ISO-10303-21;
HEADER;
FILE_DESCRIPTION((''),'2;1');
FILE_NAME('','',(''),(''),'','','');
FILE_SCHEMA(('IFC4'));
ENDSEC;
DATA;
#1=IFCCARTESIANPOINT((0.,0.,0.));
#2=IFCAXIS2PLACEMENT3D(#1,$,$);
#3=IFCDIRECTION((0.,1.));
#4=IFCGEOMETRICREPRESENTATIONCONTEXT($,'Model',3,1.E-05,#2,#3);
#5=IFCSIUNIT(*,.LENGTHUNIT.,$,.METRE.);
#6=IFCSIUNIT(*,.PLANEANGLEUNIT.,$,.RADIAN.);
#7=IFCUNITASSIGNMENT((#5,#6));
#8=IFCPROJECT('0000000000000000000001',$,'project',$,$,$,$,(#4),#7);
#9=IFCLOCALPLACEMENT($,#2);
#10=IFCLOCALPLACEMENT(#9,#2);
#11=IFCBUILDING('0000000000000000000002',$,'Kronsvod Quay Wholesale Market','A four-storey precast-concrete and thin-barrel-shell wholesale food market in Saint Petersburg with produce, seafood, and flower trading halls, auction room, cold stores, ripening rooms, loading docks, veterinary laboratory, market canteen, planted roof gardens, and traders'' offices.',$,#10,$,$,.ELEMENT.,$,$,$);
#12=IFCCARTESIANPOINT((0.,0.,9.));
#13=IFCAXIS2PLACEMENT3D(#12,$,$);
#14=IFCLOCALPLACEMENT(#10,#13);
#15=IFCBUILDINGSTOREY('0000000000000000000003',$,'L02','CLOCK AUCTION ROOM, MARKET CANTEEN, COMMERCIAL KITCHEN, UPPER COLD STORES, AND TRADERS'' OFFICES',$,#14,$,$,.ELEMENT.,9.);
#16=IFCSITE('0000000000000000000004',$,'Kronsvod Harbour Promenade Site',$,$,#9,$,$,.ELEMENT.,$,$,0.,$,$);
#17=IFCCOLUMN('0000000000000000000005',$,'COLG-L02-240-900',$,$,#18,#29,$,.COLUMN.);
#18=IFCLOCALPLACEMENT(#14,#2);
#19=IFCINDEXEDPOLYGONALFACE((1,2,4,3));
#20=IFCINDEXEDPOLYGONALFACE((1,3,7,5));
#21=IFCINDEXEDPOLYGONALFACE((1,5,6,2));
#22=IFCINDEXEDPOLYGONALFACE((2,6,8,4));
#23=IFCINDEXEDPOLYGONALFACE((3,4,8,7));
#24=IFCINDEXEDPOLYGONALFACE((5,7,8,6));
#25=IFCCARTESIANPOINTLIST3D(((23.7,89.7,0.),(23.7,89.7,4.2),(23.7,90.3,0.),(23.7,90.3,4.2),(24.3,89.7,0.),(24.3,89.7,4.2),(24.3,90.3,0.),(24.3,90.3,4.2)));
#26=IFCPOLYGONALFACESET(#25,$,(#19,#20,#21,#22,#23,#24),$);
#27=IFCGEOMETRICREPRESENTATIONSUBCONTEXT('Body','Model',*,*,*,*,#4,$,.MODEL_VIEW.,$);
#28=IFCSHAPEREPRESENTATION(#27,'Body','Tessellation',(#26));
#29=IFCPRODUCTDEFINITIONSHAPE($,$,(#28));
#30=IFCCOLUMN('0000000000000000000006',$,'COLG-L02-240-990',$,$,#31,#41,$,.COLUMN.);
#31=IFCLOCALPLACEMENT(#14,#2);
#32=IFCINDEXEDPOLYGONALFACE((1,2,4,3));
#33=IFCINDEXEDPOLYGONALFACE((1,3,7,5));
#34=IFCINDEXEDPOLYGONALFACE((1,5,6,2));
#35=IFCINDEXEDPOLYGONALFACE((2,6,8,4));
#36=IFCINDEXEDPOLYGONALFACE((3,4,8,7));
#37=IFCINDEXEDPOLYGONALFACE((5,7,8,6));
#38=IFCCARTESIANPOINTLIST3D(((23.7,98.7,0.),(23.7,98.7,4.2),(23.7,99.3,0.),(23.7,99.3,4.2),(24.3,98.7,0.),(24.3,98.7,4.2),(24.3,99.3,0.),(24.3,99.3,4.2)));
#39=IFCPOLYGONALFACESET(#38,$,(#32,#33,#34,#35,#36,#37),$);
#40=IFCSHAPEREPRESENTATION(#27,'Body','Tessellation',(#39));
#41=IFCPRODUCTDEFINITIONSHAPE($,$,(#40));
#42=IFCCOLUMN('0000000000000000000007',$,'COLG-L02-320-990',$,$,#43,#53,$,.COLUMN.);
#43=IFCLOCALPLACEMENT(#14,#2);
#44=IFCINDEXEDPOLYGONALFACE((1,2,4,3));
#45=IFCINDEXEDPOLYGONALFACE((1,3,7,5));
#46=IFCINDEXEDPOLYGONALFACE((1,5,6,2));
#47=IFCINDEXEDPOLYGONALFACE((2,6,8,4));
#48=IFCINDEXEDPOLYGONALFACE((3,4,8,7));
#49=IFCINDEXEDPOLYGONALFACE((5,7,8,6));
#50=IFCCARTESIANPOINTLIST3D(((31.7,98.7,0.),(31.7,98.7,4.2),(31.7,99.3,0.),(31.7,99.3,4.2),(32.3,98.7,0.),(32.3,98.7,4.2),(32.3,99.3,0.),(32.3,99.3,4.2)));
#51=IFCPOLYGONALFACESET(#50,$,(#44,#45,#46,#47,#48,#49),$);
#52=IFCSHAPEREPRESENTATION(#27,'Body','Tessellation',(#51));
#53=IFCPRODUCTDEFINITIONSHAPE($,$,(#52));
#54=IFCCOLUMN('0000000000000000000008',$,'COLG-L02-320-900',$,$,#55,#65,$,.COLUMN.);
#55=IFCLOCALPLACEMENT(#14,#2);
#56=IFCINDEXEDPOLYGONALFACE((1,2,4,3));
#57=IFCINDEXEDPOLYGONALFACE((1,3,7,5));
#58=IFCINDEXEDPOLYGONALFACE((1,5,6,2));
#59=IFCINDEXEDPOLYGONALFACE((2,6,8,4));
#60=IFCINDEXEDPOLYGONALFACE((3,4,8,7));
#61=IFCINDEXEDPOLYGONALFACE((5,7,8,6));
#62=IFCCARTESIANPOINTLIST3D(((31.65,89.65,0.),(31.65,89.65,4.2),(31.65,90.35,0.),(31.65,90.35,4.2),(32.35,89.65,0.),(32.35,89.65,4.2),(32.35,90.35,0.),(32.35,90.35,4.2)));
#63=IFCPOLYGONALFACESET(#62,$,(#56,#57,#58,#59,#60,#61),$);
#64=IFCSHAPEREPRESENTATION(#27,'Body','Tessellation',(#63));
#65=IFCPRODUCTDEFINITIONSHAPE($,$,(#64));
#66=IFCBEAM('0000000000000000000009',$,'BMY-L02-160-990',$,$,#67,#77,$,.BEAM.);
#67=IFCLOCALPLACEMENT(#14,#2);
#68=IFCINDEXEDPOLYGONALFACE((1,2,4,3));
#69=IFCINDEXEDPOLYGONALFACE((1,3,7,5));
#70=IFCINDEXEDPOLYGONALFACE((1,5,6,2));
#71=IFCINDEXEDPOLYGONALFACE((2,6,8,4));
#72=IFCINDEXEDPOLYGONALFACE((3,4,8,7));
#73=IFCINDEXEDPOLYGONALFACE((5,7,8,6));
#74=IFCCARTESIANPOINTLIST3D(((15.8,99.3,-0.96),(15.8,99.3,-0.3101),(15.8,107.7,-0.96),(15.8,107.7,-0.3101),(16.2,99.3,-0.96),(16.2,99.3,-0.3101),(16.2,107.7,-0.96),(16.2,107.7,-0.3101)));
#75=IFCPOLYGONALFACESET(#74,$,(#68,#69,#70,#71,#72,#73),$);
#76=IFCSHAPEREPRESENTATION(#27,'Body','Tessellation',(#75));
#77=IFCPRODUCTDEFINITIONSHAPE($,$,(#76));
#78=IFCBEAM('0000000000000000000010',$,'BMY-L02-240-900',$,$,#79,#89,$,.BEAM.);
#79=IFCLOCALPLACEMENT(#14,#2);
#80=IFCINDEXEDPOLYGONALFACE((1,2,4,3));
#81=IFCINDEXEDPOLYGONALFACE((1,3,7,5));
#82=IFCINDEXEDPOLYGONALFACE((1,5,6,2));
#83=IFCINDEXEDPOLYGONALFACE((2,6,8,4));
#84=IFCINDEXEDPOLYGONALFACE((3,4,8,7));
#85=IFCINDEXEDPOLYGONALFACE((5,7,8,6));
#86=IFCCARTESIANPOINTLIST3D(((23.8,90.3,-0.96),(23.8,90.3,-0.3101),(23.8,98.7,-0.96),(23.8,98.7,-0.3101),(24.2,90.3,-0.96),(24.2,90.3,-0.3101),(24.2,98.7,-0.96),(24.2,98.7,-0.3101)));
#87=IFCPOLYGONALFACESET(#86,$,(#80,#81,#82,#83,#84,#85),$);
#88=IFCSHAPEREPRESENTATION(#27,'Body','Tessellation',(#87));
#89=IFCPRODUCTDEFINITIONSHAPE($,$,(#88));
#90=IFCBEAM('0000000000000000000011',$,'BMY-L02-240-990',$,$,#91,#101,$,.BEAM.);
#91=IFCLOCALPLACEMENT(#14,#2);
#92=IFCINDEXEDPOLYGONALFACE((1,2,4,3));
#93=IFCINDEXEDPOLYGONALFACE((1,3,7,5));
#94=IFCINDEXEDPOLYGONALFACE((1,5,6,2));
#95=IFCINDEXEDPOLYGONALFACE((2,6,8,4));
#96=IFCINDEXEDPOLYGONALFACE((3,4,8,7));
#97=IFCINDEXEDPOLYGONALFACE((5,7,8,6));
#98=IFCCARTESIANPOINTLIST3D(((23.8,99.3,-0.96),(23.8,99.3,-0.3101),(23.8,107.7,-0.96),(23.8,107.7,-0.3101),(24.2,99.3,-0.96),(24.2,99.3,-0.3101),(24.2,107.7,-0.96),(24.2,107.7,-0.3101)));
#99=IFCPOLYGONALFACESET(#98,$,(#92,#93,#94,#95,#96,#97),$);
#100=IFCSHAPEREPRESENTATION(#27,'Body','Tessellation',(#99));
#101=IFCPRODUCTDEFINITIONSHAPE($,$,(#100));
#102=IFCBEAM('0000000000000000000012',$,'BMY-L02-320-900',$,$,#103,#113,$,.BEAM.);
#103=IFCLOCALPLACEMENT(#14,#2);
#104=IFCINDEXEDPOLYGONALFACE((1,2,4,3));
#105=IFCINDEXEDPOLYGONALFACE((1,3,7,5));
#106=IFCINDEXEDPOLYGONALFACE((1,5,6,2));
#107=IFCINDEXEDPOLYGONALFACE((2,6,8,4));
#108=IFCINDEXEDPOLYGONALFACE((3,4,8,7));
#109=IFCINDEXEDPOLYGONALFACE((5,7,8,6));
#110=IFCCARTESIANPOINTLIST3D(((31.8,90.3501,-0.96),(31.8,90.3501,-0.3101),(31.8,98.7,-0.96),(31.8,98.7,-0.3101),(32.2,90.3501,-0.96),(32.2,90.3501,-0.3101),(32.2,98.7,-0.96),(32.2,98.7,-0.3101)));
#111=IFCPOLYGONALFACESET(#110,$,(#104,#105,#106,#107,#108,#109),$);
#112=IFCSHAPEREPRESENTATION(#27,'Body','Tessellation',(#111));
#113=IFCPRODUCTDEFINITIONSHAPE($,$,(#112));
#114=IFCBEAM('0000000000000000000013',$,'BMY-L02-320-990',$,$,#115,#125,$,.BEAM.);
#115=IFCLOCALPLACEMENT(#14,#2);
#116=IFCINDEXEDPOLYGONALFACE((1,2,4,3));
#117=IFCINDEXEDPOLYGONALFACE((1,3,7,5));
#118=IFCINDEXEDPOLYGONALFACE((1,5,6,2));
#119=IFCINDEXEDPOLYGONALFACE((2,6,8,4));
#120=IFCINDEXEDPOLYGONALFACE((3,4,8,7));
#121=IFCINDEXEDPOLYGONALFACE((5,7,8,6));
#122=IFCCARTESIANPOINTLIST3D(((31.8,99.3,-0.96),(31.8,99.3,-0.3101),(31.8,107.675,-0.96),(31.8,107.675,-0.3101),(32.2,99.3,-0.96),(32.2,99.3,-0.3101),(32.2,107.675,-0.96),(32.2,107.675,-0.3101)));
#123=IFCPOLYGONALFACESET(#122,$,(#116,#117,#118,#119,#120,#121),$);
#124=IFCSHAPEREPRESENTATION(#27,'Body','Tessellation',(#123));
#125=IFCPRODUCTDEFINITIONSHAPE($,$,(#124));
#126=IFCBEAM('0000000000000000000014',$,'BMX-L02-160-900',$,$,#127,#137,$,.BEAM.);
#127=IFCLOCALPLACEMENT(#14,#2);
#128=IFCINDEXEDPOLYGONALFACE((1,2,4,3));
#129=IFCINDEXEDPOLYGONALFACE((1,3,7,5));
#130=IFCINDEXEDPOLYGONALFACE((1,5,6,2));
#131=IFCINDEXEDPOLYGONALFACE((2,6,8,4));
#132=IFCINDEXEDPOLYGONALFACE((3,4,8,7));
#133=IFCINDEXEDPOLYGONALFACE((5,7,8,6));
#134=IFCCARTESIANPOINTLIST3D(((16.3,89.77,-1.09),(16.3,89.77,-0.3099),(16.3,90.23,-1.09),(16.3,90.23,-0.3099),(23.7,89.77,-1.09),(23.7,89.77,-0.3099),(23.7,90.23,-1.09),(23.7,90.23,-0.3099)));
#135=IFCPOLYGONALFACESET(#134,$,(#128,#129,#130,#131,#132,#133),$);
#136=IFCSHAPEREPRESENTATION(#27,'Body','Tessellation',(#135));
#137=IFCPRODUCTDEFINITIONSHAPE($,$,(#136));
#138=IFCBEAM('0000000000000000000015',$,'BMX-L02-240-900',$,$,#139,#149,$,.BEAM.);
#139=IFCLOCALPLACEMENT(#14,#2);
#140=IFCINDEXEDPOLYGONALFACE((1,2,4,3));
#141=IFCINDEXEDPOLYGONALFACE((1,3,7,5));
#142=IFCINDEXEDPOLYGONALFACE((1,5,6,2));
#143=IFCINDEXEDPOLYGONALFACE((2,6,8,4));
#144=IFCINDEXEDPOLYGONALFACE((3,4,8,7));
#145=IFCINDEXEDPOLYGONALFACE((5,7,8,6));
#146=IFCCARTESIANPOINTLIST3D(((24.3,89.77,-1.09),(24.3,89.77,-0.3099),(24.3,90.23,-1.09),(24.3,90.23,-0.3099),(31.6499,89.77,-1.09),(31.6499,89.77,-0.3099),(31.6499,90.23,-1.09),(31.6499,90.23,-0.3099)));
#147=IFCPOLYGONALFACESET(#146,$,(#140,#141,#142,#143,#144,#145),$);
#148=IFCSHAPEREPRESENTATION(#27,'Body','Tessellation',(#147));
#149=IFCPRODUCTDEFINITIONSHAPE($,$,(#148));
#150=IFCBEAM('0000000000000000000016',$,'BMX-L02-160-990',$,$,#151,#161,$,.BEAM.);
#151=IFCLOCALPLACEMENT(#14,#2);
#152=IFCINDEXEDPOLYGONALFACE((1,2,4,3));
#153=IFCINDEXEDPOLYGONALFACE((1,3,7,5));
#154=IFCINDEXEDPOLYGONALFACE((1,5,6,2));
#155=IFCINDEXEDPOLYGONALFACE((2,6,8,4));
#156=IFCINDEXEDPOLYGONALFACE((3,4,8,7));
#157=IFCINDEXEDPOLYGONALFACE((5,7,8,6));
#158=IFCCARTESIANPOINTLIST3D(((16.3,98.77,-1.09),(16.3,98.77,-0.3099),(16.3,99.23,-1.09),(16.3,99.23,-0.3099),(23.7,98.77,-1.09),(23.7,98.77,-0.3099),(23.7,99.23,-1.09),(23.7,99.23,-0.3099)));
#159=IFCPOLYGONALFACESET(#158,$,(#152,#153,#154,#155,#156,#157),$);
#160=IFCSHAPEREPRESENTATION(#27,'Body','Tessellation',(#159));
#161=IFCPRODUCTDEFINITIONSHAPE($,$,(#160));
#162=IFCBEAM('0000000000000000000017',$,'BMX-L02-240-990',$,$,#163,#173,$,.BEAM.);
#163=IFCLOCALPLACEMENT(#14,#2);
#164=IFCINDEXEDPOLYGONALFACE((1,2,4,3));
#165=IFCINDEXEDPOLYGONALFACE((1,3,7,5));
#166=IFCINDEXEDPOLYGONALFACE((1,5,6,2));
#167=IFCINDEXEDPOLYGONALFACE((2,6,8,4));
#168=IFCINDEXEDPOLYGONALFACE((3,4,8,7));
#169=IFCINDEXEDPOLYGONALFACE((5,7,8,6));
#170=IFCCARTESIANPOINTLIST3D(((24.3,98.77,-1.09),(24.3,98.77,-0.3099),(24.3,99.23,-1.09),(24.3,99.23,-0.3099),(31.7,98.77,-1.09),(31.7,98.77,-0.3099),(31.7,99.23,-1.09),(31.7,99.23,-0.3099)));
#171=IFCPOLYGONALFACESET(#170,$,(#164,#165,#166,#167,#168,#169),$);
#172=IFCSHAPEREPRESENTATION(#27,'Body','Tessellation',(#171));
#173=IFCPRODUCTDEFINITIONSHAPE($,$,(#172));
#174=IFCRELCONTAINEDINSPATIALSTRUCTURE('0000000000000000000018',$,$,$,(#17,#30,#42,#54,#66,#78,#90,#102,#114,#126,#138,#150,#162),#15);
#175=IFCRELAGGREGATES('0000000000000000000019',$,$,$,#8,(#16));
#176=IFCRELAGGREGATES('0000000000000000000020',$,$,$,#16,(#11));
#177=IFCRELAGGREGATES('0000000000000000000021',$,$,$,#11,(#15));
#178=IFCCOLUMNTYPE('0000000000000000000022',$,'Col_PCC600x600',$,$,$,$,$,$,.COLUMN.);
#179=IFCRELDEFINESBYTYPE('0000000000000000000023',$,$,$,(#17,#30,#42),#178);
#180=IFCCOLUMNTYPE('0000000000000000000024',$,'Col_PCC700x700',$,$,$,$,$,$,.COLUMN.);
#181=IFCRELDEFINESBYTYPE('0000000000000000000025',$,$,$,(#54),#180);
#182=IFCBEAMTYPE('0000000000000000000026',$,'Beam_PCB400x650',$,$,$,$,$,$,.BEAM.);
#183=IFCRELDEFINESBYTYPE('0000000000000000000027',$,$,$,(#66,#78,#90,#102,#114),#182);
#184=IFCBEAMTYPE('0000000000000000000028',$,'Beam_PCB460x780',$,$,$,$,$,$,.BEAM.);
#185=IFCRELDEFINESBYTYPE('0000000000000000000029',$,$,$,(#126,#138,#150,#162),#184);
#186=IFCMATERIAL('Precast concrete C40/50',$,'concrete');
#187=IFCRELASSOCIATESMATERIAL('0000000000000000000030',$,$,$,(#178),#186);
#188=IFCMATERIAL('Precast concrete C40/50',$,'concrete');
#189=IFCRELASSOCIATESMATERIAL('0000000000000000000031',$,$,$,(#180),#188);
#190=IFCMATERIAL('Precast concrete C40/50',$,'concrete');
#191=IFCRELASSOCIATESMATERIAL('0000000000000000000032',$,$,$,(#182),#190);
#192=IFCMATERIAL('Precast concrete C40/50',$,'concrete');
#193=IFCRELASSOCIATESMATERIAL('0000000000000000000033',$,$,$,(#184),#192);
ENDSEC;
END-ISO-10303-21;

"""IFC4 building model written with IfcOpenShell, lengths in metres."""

from ifc_helpers import new_model, si_unit, direction, frame, origin, origin_2d, place, context, subcontext, project, spatial, rectangle, extrude, material, material_profile, profile_set, type_object, element, save


model = new_model("IFC4")

# Units and contexts
model_context = context("Model", 3, precision=1e-05, world=origin(), true_north=direction((0.0, 1.0)))
body_context = subcontext(model_context, "Body", "Model", "MODEL_VIEW")
ifc_project = project(units=[si_unit("LENGTHUNIT", "METRE"), si_unit("PLANEANGLEUNIT", "RADIAN")], contexts=[model_context])

# Site, building, storey
site_placement = place(None, origin())
site = spatial("IfcSite", under=ifc_project, at=site_placement, Name="Kronsvod Harbour Promenade Site", CompositionType="ELEMENT", RefElevation=0.0)
building_placement = place(site_placement, origin())
building = spatial("IfcBuilding", under=site, at=building_placement, Name="Kronsvod Quay Wholesale Market", Description="A four-storey precast-concrete and thin-barrel-shell wholesale food market in Saint Petersburg with produce, seafood, and flower trading halls, auction room, cold stores, ripening rooms, loading docks, veterinary laboratory, market canteen, planted roof gardens, and traders' offices.", CompositionType="ELEMENT")
storey_placement = place(building_placement, frame((0.0, 0.0, 9.0)))
storey = spatial("IfcBuildingStorey", under=building, at=storey_placement, Name="L02", Description="CLOCK AUCTION ROOM, MARKET CANTEEN, COMMERCIAL KITCHEN, UPPER COLD STORES, AND TRADERS' OFFICES", CompositionType="ELEMENT", Elevation=9.0)

# Columns
ifc_material_1 = material(Name="Precast concrete C40/50", Category="concrete")
ifc_material_profile_1 = material_profile(ifc_material_1, rectangle(XDim=0.6001, YDim=0.6001, at=origin_2d()), Name="PCC600x600")
ifc_profile_set_1 = profile_set([ifc_material_profile_1], Name="Precast concrete C40/50")
column_type_1 = type_object("IfcColumnType", Name="Col_PCC600x600", PredefinedType="COLUMN", material=ifc_profile_set_1)
for number, where, z_axis, x_axis, name in (
    (1, (24.0, 90.0, 0.0), (0.0, 0.0, 1.0), (1.0, 0.0, 0.0), "COLG-L02-240-900"),
    (2, (24.0, 99.0, 0.0), (0.0, 0.0, 1.0), (1.0, 0.0, 0.0), "COLG-L02-240-990"),
    (3, (32.0, 99.0, 0.0), (0.0, 0.0, 1.0), (1.0, 0.0, 0.0), "COLG-L02-320-990"),
):
    element("IfcColumn", number, at=place(storey_placement, frame(where, z_axis=z_axis, x_axis=x_axis)), inside=storey, type_object=column_type_1, Name=name, PredefinedType="COLUMN", context=body_context, shape_type="SweptSolid", body=[
        extrude(rectangle(XDim=0.6001, YDim=0.6001, at=origin_2d()), origin(), (0.0, 0.0, 1.0), 4.2),
    ])
ifc_material_2 = material(Name="Precast concrete C40/50", Category="concrete")
ifc_material_profile_2 = material_profile(ifc_material_2, rectangle(XDim=0.7, YDim=0.7, at=origin_2d()), Name="PCC700x700")
ifc_profile_set_2 = profile_set([ifc_material_profile_2], Name="Precast concrete C40/50")
column_type_2 = type_object("IfcColumnType", Name="Col_PCC700x700", PredefinedType="COLUMN", material=ifc_profile_set_2)
column_placement = place(storey_placement, frame((32.0, 90.0, 0.0), z_axis=(0.0, 0.0, 1.0), x_axis=(1.0, 0.0, 0.0)))
element("IfcColumn", 4, at=column_placement, inside=storey, type_object=column_type_2, Name="COLG-L02-320-900", PredefinedType="COLUMN", context=body_context, shape_type="SweptSolid", body=[
    extrude(rectangle(XDim=0.7, YDim=0.7, at=origin_2d()), origin(), (0.0, 0.0, 1.0), 4.2),
])

# Beams
ifc_material_3 = material(Name="Precast concrete C40/50", Category="concrete")
ifc_material_profile_3 = material_profile(ifc_material_3, rectangle(XDim=0.3999, YDim=0.6499, at=origin_2d()), Name="PCB400x650")
ifc_profile_set_3 = profile_set([ifc_material_profile_3], Name="Precast concrete C40/50")
beam_type_1 = type_object("IfcBeamType", Name="Beam_PCB400x650", PredefinedType="BEAM", material=ifc_profile_set_3)
for number, where, z_axis, x_axis, name in (
    (5, (16.0, 99.3, -0.635), (0.0, 1.0, 0.0), (-1.0, 0.0, 0.0), "BMY-L02-160-990"),
    (6, (24.0, 90.3, -0.635), (0.0, 1.0, 0.0), (-1.0, 0.0, 0.0), "BMY-L02-240-900"),
    (7, (24.0, 99.3, -0.635), (0.0, 1.0, 0.0), (-1.0, 0.0, 0.0), "BMY-L02-240-990"),
):
    element("IfcBeam", number, at=place(storey_placement, frame(where, z_axis=z_axis, x_axis=x_axis)), inside=storey, type_object=beam_type_1, Name=name, PredefinedType="BEAM", context=body_context, shape_type="SweptSolid", body=[
        extrude(rectangle(XDim=0.3999, YDim=0.6499, at=origin_2d()), origin(), (0.0, 0.0, 1.0), 8.3999),
    ])
beam_1_placement = place(storey_placement, frame((32.0, 90.3501, -0.635), z_axis=(0.0, 1.0, 0.0), x_axis=(-1.0, 0.0, 0.0)))
element("IfcBeam", 8, at=beam_1_placement, inside=storey, type_object=beam_type_1, Name="BMY-L02-320-900", PredefinedType="BEAM", context=body_context, shape_type="SweptSolid", body=[
    extrude(rectangle(XDim=0.3999, YDim=0.6499, at=origin_2d()), origin(), (0.0, 0.0, 1.0), 8.3499),
])
beam_2_placement = place(storey_placement, frame((32.0, 99.3, -0.635), z_axis=(0.0, 1.0, 0.0), x_axis=(-1.0, 0.0, 0.0)))
element("IfcBeam", 9, at=beam_2_placement, inside=storey, type_object=beam_type_1, Name="BMY-L02-320-990", PredefinedType="BEAM", context=body_context, shape_type="SweptSolid", body=[
    extrude(rectangle(XDim=0.3999, YDim=0.6499, at=origin_2d()), origin(), (0.0, 0.0, 1.0), 8.375),
])
ifc_material_4 = material(Name="Precast concrete C40/50", Category="concrete")
ifc_material_profile_4 = material_profile(ifc_material_4, rectangle(XDim=0.46, YDim=0.78, at=origin_2d()), Name="PB-03")
ifc_profile_set_4 = profile_set([ifc_material_profile_4], Name="Precast concrete C40/50")
beam_type_2 = type_object("IfcBeamType", Name="Beam_PCB460x780", PredefinedType="BEAM", material=ifc_profile_set_4)
beam_3_placement = place(storey_placement, frame((16.3, 90.0, -0.7), z_axis=(1.0, 0.0, 0.0), x_axis=(0.0, 1.0, 0.0)))
element("IfcBeam", 10, at=beam_3_placement, inside=storey, type_object=beam_type_2, Name="BMX-L02-160-900", PredefinedType="BEAM", context=body_context, shape_type="SweptSolid", body=[
    extrude(rectangle(XDim=0.46, YDim=0.78, at=origin_2d()), origin(), (0.0, 0.0, 1.0), 7.3999),
])
beam_4_placement = place(storey_placement, frame((24.3, 90.0, -0.7), z_axis=(1.0, 0.0, 0.0), x_axis=(0.0, 1.0, 0.0)))
element("IfcBeam", 11, at=beam_4_placement, inside=storey, type_object=beam_type_2, Name="BMX-L02-240-900", PredefinedType="BEAM", context=body_context, shape_type="SweptSolid", body=[
    extrude(rectangle(XDim=0.46, YDim=0.78, at=origin_2d()), origin(), (0.0, 0.0, 1.0), 7.3499),
])
for number, where, z_axis, x_axis, name in (
    (12, (16.3, 99.0, -0.7), (1.0, 0.0, 0.0), (0.0, 1.0, 0.0), "BMX-L02-160-990"),
    (13, (24.3, 99.0, -0.7), (1.0, 0.0, 0.0), (0.0, 1.0, 0.0), "BMX-L02-240-990"),
):
    element("IfcBeam", number, at=place(storey_placement, frame(where, z_axis=z_axis, x_axis=x_axis)), inside=storey, type_object=beam_type_2, Name=name, PredefinedType="BEAM", context=body_context, shape_type="SweptSolid", body=[
        extrude(rectangle(XDim=0.46, YDim=0.78, at=origin_2d()), origin(), (0.0, 0.0, 1.0), 7.3999),
    ])

save(model, "model.ifc")
